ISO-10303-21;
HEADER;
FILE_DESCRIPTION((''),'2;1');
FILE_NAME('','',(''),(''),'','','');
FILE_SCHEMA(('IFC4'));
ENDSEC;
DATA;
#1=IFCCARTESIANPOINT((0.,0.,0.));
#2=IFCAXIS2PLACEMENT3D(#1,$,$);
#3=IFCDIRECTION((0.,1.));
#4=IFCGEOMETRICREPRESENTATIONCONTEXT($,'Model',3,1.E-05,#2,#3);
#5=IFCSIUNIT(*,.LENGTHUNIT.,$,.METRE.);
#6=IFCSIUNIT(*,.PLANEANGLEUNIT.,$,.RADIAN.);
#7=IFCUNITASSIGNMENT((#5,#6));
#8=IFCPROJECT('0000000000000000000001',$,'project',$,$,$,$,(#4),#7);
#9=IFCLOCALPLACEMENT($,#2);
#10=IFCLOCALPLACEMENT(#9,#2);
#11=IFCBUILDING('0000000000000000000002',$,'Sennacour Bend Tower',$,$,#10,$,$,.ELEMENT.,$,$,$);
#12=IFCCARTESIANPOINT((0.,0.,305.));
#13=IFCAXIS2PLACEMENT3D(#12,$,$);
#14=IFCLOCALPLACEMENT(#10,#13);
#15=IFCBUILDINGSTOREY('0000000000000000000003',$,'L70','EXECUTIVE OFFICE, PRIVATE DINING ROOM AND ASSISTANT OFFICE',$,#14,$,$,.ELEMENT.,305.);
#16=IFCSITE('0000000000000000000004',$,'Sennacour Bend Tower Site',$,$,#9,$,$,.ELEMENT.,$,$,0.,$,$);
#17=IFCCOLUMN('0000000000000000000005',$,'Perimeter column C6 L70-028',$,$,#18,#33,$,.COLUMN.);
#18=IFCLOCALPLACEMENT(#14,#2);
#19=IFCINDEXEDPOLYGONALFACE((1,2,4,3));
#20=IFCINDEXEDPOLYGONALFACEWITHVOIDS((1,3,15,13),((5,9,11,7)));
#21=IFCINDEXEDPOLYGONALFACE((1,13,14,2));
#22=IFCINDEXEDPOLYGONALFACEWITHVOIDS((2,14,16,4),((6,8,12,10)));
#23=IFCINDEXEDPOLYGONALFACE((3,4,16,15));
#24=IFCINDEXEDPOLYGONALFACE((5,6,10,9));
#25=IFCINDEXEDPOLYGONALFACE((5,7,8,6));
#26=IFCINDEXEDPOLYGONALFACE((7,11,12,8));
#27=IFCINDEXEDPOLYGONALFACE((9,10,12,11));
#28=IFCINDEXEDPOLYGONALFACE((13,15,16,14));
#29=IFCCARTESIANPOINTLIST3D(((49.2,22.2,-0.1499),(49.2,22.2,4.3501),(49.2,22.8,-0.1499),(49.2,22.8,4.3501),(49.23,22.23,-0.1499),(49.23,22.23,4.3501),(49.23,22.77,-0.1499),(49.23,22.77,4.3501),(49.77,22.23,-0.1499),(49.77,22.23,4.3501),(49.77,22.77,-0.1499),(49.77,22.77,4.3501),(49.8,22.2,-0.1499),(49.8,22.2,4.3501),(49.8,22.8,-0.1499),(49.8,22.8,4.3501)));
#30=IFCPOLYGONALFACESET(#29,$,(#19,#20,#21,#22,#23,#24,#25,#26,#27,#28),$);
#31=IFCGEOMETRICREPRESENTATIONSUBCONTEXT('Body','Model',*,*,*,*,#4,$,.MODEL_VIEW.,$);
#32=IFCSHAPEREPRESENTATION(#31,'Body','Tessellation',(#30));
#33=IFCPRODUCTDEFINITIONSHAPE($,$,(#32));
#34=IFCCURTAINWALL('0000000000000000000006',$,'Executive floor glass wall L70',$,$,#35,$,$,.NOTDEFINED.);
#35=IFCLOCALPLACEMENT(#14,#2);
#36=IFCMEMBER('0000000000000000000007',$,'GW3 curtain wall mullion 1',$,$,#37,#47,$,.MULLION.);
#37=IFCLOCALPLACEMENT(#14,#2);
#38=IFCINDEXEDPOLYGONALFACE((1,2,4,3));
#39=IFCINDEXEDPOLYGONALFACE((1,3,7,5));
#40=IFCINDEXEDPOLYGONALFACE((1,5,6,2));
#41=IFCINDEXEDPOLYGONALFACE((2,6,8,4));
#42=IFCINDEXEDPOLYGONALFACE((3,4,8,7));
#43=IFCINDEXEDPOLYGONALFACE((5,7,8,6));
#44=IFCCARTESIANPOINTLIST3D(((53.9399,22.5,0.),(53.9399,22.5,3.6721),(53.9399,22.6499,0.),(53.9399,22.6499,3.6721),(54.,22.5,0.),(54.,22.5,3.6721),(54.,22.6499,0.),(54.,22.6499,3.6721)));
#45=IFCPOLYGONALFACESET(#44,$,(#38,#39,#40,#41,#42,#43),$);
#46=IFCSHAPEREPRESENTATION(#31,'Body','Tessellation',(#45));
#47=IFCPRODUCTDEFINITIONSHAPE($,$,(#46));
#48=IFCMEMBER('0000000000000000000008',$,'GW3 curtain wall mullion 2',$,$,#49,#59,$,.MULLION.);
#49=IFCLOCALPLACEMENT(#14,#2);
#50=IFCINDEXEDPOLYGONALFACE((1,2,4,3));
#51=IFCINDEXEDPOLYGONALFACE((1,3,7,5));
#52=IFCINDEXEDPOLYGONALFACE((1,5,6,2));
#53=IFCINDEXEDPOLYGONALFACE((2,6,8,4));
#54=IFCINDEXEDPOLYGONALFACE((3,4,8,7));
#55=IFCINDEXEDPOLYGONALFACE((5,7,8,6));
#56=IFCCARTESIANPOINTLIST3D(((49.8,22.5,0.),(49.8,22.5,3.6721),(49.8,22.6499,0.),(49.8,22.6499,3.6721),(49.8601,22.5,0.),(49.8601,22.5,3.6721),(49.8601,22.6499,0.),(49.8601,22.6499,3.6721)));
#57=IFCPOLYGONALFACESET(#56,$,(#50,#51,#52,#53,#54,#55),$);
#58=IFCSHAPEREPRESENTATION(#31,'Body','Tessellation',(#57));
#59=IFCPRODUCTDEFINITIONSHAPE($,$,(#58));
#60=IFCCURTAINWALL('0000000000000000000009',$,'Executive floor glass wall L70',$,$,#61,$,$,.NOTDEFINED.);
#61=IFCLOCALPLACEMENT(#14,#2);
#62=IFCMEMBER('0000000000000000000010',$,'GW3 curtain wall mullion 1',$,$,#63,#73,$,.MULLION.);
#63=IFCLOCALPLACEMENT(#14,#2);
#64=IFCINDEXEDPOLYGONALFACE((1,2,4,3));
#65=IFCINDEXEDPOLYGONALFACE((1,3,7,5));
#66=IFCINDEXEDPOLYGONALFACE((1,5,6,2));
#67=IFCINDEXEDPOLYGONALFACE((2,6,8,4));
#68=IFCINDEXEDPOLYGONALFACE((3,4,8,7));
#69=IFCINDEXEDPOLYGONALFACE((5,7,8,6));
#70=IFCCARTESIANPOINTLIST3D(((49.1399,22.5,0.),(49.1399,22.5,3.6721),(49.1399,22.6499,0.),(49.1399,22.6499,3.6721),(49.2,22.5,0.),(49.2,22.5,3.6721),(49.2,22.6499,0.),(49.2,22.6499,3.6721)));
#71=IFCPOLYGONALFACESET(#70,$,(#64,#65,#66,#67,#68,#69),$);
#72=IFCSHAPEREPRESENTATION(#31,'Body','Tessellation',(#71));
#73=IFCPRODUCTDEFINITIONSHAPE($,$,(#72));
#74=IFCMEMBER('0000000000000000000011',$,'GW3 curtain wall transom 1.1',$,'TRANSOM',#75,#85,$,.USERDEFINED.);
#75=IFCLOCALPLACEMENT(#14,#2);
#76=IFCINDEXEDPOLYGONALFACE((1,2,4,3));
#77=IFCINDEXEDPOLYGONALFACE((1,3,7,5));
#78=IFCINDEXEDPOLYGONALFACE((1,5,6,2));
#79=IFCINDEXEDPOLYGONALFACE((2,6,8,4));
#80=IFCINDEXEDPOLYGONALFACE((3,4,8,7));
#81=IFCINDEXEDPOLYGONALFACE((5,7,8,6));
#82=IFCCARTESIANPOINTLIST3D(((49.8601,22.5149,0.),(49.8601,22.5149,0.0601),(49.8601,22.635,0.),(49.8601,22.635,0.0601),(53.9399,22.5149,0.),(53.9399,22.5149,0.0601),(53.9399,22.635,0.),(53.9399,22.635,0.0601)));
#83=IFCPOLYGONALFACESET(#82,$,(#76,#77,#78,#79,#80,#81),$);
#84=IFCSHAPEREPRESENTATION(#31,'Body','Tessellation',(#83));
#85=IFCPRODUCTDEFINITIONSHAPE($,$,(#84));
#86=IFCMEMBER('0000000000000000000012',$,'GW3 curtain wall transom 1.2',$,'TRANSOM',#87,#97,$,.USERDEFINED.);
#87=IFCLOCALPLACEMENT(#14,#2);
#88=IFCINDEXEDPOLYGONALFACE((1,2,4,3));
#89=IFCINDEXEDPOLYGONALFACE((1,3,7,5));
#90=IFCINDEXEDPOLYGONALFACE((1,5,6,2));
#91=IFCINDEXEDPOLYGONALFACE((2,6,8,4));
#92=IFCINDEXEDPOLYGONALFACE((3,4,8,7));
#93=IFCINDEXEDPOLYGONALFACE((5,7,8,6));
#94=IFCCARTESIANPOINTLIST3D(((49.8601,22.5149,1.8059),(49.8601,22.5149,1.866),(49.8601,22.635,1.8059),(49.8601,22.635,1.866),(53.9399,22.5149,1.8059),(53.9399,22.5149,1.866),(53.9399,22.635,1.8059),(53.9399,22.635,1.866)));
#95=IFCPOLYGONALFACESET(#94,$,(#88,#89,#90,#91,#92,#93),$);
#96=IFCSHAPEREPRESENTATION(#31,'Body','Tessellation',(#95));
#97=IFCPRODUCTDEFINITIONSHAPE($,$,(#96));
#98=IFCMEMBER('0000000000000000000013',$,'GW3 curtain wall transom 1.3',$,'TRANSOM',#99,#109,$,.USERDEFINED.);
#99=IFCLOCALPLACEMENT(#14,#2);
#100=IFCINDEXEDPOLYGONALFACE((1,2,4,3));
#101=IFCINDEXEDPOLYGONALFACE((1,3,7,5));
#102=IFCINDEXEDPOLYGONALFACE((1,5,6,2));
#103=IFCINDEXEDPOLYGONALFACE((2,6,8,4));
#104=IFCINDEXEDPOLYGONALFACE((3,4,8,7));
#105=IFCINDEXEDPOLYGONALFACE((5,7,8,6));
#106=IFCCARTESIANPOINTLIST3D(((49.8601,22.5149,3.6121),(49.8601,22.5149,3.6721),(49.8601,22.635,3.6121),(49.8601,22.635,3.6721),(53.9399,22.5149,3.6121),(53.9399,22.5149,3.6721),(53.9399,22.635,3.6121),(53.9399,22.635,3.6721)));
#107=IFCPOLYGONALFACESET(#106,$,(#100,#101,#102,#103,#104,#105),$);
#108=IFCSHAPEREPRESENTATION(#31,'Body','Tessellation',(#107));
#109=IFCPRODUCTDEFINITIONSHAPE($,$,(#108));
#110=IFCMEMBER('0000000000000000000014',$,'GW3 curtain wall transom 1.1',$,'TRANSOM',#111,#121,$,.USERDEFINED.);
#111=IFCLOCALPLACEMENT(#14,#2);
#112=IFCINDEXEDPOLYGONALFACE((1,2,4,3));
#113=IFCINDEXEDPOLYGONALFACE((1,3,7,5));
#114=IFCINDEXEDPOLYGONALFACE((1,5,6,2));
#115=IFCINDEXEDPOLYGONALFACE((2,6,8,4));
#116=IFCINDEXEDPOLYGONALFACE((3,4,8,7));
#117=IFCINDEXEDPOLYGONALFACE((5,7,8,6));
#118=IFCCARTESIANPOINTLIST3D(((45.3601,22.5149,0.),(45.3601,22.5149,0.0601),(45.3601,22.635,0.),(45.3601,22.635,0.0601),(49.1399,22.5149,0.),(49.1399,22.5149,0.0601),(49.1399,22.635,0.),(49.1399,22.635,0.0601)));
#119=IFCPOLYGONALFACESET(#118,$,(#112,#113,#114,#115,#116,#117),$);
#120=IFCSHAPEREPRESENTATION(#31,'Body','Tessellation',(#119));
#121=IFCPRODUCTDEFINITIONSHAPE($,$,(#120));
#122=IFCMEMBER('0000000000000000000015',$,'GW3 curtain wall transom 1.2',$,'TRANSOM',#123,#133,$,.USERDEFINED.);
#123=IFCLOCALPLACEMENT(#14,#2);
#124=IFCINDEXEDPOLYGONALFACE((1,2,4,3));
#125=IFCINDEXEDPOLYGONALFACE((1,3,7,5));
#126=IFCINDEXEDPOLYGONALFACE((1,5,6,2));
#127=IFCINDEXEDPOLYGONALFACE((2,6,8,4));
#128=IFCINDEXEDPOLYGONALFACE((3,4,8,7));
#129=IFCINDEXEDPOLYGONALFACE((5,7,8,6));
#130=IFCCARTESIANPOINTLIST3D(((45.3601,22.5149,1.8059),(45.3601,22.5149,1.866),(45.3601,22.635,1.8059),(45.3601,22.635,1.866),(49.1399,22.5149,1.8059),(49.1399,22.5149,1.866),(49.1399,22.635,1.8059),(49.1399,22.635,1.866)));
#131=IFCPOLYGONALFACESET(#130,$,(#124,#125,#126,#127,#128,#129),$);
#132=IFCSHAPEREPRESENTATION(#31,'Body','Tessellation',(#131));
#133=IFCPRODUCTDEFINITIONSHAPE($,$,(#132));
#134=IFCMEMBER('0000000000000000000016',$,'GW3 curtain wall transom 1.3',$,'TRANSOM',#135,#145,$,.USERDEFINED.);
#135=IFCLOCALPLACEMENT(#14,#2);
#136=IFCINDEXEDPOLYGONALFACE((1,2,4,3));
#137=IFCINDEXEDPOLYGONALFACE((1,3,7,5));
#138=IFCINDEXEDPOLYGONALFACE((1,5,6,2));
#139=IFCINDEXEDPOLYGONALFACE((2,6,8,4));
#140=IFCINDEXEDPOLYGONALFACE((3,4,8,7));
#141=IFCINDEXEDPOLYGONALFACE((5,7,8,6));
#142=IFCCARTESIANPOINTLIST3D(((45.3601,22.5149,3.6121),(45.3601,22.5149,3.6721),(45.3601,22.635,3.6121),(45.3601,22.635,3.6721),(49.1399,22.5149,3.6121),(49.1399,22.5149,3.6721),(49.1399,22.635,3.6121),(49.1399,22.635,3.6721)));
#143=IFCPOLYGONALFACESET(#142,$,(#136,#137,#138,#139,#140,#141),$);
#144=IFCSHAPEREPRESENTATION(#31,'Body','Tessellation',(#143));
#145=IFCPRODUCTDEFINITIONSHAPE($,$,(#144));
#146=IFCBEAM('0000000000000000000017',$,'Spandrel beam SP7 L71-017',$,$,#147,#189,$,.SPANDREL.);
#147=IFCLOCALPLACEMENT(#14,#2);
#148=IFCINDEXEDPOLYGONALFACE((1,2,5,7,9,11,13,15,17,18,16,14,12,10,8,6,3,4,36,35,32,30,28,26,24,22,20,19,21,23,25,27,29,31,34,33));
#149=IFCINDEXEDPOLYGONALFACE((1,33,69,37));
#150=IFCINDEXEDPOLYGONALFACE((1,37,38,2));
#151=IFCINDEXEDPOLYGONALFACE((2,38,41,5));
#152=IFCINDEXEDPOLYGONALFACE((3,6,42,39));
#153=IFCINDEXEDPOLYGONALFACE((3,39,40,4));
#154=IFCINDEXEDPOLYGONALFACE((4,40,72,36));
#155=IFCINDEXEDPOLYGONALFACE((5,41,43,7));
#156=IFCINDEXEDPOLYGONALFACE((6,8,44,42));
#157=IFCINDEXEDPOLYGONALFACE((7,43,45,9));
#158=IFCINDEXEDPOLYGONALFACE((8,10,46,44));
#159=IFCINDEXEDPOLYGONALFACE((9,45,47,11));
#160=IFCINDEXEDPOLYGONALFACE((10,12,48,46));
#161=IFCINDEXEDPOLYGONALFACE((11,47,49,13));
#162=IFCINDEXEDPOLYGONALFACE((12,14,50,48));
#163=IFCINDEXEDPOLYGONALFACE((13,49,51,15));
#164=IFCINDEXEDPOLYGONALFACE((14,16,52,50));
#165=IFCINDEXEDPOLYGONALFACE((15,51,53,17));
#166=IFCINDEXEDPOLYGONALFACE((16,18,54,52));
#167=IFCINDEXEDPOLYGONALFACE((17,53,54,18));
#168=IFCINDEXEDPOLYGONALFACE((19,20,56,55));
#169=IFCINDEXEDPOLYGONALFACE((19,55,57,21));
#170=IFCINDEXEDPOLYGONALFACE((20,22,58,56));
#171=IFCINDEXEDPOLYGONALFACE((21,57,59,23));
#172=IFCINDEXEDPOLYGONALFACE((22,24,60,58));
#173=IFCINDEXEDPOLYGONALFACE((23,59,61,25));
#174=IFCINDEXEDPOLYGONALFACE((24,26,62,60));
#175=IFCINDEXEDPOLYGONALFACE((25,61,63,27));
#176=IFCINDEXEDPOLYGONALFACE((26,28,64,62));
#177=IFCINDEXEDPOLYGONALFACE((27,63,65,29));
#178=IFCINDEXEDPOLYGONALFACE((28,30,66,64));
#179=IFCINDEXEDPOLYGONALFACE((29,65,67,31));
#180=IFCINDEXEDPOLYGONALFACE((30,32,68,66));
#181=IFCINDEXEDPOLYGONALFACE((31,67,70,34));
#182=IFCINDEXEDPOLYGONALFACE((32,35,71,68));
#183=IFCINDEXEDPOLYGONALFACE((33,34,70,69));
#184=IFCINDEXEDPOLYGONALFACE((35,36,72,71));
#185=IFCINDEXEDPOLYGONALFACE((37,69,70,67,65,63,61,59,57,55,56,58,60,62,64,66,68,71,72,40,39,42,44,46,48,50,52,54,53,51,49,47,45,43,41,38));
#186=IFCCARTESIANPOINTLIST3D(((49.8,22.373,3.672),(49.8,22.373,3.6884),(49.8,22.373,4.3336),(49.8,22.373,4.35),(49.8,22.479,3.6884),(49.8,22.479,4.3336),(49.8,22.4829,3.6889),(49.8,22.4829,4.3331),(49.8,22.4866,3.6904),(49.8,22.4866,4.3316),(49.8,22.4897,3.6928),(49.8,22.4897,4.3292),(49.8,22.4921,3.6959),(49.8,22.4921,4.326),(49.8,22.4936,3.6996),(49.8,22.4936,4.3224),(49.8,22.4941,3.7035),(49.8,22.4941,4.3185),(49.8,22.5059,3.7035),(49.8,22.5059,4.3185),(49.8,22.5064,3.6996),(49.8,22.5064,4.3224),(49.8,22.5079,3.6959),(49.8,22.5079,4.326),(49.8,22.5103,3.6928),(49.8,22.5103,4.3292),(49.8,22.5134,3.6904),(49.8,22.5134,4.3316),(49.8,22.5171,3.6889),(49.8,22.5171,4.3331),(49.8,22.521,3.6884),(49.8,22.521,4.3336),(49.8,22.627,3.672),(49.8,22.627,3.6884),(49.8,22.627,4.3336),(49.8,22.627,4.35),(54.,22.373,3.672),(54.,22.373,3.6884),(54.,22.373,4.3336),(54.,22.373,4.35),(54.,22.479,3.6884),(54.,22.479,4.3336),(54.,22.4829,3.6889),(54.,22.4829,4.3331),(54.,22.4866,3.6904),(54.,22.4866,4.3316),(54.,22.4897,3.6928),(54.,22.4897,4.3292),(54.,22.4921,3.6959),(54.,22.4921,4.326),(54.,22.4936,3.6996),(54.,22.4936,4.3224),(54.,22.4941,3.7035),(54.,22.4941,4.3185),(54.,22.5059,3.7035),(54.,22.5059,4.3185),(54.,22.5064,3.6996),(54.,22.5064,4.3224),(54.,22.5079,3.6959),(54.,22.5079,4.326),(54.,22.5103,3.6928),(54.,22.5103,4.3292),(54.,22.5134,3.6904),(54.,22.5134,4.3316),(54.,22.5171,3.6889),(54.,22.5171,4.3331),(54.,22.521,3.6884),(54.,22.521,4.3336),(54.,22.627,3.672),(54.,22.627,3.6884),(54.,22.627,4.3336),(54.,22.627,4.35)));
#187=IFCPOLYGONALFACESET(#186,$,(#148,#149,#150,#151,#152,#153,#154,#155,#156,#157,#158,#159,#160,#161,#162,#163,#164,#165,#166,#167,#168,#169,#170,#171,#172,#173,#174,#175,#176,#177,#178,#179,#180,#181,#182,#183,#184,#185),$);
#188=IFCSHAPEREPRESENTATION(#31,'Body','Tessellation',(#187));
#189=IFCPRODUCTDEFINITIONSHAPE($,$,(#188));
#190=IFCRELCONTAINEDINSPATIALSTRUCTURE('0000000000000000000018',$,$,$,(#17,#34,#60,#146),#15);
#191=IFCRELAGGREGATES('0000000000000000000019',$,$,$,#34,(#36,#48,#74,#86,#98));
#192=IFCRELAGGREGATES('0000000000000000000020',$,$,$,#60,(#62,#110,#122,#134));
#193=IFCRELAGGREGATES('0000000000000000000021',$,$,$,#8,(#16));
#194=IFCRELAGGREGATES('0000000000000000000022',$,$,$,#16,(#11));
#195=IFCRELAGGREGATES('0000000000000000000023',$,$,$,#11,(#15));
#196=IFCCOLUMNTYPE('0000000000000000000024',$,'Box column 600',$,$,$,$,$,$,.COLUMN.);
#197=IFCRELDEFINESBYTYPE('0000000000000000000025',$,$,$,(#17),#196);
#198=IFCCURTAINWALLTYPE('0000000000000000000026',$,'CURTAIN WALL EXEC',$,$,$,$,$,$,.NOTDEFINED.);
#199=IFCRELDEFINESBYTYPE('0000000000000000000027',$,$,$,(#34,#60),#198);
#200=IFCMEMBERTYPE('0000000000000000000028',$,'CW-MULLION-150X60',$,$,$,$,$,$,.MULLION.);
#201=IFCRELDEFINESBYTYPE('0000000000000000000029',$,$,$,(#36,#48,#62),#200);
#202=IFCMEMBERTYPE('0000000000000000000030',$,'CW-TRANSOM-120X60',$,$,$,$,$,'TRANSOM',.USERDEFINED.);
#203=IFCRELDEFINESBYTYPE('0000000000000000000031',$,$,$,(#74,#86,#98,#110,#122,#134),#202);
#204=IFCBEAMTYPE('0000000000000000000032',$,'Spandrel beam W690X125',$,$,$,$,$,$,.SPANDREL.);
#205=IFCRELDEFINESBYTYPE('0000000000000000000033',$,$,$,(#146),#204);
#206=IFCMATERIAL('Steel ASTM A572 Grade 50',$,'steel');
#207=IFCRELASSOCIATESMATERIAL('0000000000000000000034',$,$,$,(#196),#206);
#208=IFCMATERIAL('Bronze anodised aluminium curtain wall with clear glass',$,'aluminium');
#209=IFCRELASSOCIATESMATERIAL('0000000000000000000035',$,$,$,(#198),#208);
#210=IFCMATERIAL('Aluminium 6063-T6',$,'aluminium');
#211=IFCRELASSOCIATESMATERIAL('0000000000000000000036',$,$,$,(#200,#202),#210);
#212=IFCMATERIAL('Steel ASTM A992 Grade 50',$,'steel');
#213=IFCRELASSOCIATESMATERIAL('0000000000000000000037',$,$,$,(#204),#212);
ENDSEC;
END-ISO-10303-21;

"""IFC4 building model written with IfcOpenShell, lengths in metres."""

from ifc_helpers import new_model, si_unit, direction, frame, origin, origin_2d, place, context, subcontext, project, spatial, rectangle, hollow_rectangle, i_section, extrude, material, material_profile, profile_set, type_object, element, aggregate, save


model = new_model("IFC4")

# Units and contexts
model_context = context("Model", 3, precision=1e-05, world=origin(), true_north=direction((0.0, 1.0)))
body_context = subcontext(model_context, "Body", "Model", "MODEL_VIEW")
ifc_project = project(units=[si_unit("LENGTHUNIT", "METRE"), si_unit("PLANEANGLEUNIT", "RADIAN")], contexts=[model_context])

# Site, building, storey
site_placement = place(None, origin())
site = spatial("IfcSite", under=ifc_project, at=site_placement, Name="Sennacour Bend Tower Site", CompositionType="ELEMENT", RefElevation=0.0)
building_placement = place(site_placement, origin())
building = spatial("IfcBuilding", under=site, at=building_placement, Name="Sennacour Bend Tower", CompositionType="ELEMENT")
storey_placement = place(building_placement, frame((0.0, 0.0, 305.0)))
storey = spatial("IfcBuildingStorey", under=building, at=storey_placement, Name="L70", Description="EXECUTIVE OFFICE, PRIVATE DINING ROOM AND ASSISTANT OFFICE", CompositionType="ELEMENT", Elevation=305.0)

# Column
ifc_material_1 = material(Name="Steel ASTM A572 Grade 50", Category="steel")
ifc_material_profile_1 = material_profile(ifc_material_1, hollow_rectangle(XDim=0.6001, YDim=0.6001, WallThickness=0.03, at=origin_2d()), Name="Steel ASTM A572 Grade 50", Category="steel")
ifc_profile_set_1 = profile_set([ifc_material_profile_1], Name="Steel ASTM A572 Grade 50")
column_type = type_object("IfcColumnType", Name="Box column 600", PredefinedType="COLUMN", material=ifc_profile_set_1)
column_placement = place(storey_placement, frame((49.5, 22.5, -0.1499), z_axis=(0.0, 0.0, 1.0), x_axis=(1.0, 0.0, 0.0)))
element("IfcColumn", 1, at=column_placement, inside=storey, type_object=column_type, Name="Perimeter column C6 L70-028", PredefinedType="COLUMN", context=body_context, shape_type="SweptSolid", body=[
    extrude(hollow_rectangle(XDim=0.6001, YDim=0.6001, WallThickness=0.03, at=origin_2d()), origin(), (0.0, 0.0, 1.0), 4.5),
])

# Curtain wall, members
ifc_material_2 = material(Name="Bronze anodised aluminium curtain wall with clear glass", Category="aluminium")
curtain_wall_type = type_object("IfcCurtainWallType", Name="CURTAIN WALL EXEC", PredefinedType="NOTDEFINED", material=ifc_material_2)
curtain_wall_1_placement = place(storey_placement, origin())
curtain_wall_1 = element("IfcCurtainWall", 2, at=curtain_wall_1_placement, inside=storey, type_object=curtain_wall_type, Name="Executive floor glass wall L70", PredefinedType="NOTDEFINED")
ifc_material_3 = material(Name="Aluminium 6063-T6", Category="aluminium")
ifc_material_profile_2 = material_profile(ifc_material_3, rectangle(XDim=0.1499, YDim=0.0601, at=origin_2d()), Name="Aluminium 6063-T6", Category="aluminium")
ifc_profile_set_2 = profile_set([ifc_material_profile_2], Name="Aluminium 6063-T6")
member_type_1 = type_object("IfcMemberType", Name="CW-MULLION-150X60", PredefinedType="MULLION", material=ifc_profile_set_2)
member_1_placement = place(storey_placement, frame((53.97, 22.575, 0.0), z_axis=(0.0, 0.0, 1.0), x_axis=(0.0, -1.0, 0.0)))
member_1 = element("IfcMember", 3, at=member_1_placement, type_object=member_type_1, Name="GW3 curtain wall mullion 1", PredefinedType="MULLION", context=body_context, shape_type="SweptSolid", body=[
    extrude(rectangle(XDim=0.1499, YDim=0.0601, at=origin_2d()), origin(), (0.0, 0.0, 1.0), 3.6721),
])
member_2_placement = place(storey_placement, frame((49.8301, 22.575, 0.0), z_axis=(0.0, 0.0, 1.0), x_axis=(0.0, -1.0, 0.0)))
member_2 = element("IfcMember", 4, at=member_2_placement, type_object=member_type_1, Name="GW3 curtain wall mullion 2", PredefinedType="MULLION", context=body_context, shape_type="SweptSolid", body=[
    extrude(rectangle(XDim=0.1499, YDim=0.0601, at=origin_2d()), origin(), (0.0, 0.0, 1.0), 3.6721),
])

# Curtain wall, member
curtain_wall_2_placement = place(storey_placement, origin())
curtain_wall_2 = element("IfcCurtainWall", 5, at=curtain_wall_2_placement, inside=storey, type_object=curtain_wall_type, Name="Executive floor glass wall L70", PredefinedType="NOTDEFINED")
member_3_placement = place(storey_placement, frame((49.1699, 22.575, 0.0), z_axis=(0.0, 0.0, 1.0), x_axis=(0.0, -1.0, 0.0)))
member_3 = element("IfcMember", 6, at=member_3_placement, type_object=member_type_1, Name="GW3 curtain wall mullion 1", PredefinedType="MULLION", context=body_context, shape_type="SweptSolid", body=[
    extrude(rectangle(XDim=0.1499, YDim=0.0601, at=origin_2d()), origin(), (0.0, 0.0, 1.0), 3.6721),
])

# Members
ifc_material_profile_3 = material_profile(ifc_material_3, rectangle(XDim=0.1201, YDim=0.0601, at=origin_2d()), Name="Aluminium 6063-T6", Category="aluminium")
ifc_profile_set_3 = profile_set([ifc_material_profile_3], Name="Aluminium 6063-T6")
member_type_2 = type_object("IfcMemberType", Name="CW-TRANSOM-120X60", ElementType="TRANSOM", PredefinedType="USERDEFINED", material=ifc_profile_set_3)
member_4_placement = place(storey_placement, frame((53.9399, 22.575, 0.03), z_axis=(-1.0, 0.0, 0.0), x_axis=(0.0, -1.0, 0.0)))
member_4 = element("IfcMember", 7, at=member_4_placement, type_object=member_type_2, Name="GW3 curtain wall transom 1.1", ObjectType="TRANSOM", PredefinedType="USERDEFINED", context=body_context, shape_type="SweptSolid", body=[
    extrude(rectangle(XDim=0.1201, YDim=0.0601, at=origin_2d()), origin(), (0.0, 0.0, 1.0), 4.0798),
])
member_5_placement = place(storey_placement, frame((53.9399, 22.575, 1.8359), z_axis=(-1.0, 0.0, 0.0), x_axis=(0.0, -1.0, 0.0)))
member_5 = element("IfcMember", 8, at=member_5_placement, type_object=member_type_2, Name="GW3 curtain wall transom 1.2", ObjectType="TRANSOM", PredefinedType="USERDEFINED", context=body_context, shape_type="SweptSolid", body=[
    extrude(rectangle(XDim=0.1201, YDim=0.0601, at=origin_2d()), origin(), (0.0, 0.0, 1.0), 4.0798),
])
member_6_placement = place(storey_placement, frame((53.9399, 22.575, 3.6421), z_axis=(-1.0, 0.0, 0.0), x_axis=(0.0, -1.0, 0.0)))
member_6 = element("IfcMember", 9, at=member_6_placement, type_object=member_type_2, Name="GW3 curtain wall transom 1.3", ObjectType="TRANSOM", PredefinedType="USERDEFINED", context=body_context, shape_type="SweptSolid", body=[
    extrude(rectangle(XDim=0.1201, YDim=0.0601, at=origin_2d()), origin(), (0.0, 0.0, 1.0), 4.0798),
])
member_7_placement = place(storey_placement, frame((49.1399, 22.575, 0.03), z_axis=(-1.0, 0.0, 0.0), x_axis=(0.0, -1.0, 0.0)))
member_7 = element("IfcMember", 10, at=member_7_placement, type_object=member_type_2, Name="GW3 curtain wall transom 1.1", ObjectType="TRANSOM", PredefinedType="USERDEFINED", context=body_context, shape_type="SweptSolid", body=[
    extrude(rectangle(XDim=0.1201, YDim=0.0601, at=origin_2d()), origin(), (0.0, 0.0, 1.0), 3.7798),
])
member_8_placement = place(storey_placement, frame((49.1399, 22.575, 1.8359), z_axis=(-1.0, 0.0, 0.0), x_axis=(0.0, -1.0, 0.0)))
member_8 = element("IfcMember", 11, at=member_8_placement, type_object=member_type_2, Name="GW3 curtain wall transom 1.2", ObjectType="TRANSOM", PredefinedType="USERDEFINED", context=body_context, shape_type="SweptSolid", body=[
    extrude(rectangle(XDim=0.1201, YDim=0.0601, at=origin_2d()), origin(), (0.0, 0.0, 1.0), 3.7798),
])
member_9_placement = place(storey_placement, frame((49.1399, 22.575, 3.6421), z_axis=(-1.0, 0.0, 0.0), x_axis=(0.0, -1.0, 0.0)))
member_9 = element("IfcMember", 12, at=member_9_placement, type_object=member_type_2, Name="GW3 curtain wall transom 1.3", ObjectType="TRANSOM", PredefinedType="USERDEFINED", context=body_context, shape_type="SweptSolid", body=[
    extrude(rectangle(XDim=0.1201, YDim=0.0601, at=origin_2d()), origin(), (0.0, 0.0, 1.0), 3.7798),
])

# Beam
ifc_material_4 = material(Name="Steel ASTM A992 Grade 50", Category="steel")
ifc_material_profile_4 = material_profile(ifc_material_4, i_section(OverallWidth=0.2539, OverallDepth=0.678, WebThickness=0.0117, FlangeThickness=0.0164, FilletRadius=0.0151, at=origin_2d()), Name="Steel ASTM A992 Grade 50", Category="steel")
ifc_profile_set_4 = profile_set([ifc_material_profile_4], Name="Steel ASTM A992 Grade 50")
beam_type = type_object("IfcBeamType", Name="Spandrel beam W690X125", PredefinedType="SPANDREL", material=ifc_profile_set_4)
beam_placement = place(storey_placement, frame((49.8, 22.5, 4.011), z_axis=(1.0, 0.0, 0.0), x_axis=(0.0, 1.0, 0.0)))
element("IfcBeam", 13, at=beam_placement, inside=storey, type_object=beam_type, Name="Spandrel beam SP7 L71-017", PredefinedType="SPANDREL", context=body_context, shape_type="SweptSolid", body=[
    extrude(i_section(OverallWidth=0.2539, OverallDepth=0.678, WebThickness=0.0117, FlangeThickness=0.0164, FilletRadius=0.0151, at=origin_2d()), origin(), (0.0, 0.0, 1.0), 4.2),
])

aggregate(curtain_wall_1, [member_1, member_2, member_4, member_5, member_6])
aggregate(curtain_wall_2, [member_3, member_7, member_8, member_9])

save(model, "model.ifc")
